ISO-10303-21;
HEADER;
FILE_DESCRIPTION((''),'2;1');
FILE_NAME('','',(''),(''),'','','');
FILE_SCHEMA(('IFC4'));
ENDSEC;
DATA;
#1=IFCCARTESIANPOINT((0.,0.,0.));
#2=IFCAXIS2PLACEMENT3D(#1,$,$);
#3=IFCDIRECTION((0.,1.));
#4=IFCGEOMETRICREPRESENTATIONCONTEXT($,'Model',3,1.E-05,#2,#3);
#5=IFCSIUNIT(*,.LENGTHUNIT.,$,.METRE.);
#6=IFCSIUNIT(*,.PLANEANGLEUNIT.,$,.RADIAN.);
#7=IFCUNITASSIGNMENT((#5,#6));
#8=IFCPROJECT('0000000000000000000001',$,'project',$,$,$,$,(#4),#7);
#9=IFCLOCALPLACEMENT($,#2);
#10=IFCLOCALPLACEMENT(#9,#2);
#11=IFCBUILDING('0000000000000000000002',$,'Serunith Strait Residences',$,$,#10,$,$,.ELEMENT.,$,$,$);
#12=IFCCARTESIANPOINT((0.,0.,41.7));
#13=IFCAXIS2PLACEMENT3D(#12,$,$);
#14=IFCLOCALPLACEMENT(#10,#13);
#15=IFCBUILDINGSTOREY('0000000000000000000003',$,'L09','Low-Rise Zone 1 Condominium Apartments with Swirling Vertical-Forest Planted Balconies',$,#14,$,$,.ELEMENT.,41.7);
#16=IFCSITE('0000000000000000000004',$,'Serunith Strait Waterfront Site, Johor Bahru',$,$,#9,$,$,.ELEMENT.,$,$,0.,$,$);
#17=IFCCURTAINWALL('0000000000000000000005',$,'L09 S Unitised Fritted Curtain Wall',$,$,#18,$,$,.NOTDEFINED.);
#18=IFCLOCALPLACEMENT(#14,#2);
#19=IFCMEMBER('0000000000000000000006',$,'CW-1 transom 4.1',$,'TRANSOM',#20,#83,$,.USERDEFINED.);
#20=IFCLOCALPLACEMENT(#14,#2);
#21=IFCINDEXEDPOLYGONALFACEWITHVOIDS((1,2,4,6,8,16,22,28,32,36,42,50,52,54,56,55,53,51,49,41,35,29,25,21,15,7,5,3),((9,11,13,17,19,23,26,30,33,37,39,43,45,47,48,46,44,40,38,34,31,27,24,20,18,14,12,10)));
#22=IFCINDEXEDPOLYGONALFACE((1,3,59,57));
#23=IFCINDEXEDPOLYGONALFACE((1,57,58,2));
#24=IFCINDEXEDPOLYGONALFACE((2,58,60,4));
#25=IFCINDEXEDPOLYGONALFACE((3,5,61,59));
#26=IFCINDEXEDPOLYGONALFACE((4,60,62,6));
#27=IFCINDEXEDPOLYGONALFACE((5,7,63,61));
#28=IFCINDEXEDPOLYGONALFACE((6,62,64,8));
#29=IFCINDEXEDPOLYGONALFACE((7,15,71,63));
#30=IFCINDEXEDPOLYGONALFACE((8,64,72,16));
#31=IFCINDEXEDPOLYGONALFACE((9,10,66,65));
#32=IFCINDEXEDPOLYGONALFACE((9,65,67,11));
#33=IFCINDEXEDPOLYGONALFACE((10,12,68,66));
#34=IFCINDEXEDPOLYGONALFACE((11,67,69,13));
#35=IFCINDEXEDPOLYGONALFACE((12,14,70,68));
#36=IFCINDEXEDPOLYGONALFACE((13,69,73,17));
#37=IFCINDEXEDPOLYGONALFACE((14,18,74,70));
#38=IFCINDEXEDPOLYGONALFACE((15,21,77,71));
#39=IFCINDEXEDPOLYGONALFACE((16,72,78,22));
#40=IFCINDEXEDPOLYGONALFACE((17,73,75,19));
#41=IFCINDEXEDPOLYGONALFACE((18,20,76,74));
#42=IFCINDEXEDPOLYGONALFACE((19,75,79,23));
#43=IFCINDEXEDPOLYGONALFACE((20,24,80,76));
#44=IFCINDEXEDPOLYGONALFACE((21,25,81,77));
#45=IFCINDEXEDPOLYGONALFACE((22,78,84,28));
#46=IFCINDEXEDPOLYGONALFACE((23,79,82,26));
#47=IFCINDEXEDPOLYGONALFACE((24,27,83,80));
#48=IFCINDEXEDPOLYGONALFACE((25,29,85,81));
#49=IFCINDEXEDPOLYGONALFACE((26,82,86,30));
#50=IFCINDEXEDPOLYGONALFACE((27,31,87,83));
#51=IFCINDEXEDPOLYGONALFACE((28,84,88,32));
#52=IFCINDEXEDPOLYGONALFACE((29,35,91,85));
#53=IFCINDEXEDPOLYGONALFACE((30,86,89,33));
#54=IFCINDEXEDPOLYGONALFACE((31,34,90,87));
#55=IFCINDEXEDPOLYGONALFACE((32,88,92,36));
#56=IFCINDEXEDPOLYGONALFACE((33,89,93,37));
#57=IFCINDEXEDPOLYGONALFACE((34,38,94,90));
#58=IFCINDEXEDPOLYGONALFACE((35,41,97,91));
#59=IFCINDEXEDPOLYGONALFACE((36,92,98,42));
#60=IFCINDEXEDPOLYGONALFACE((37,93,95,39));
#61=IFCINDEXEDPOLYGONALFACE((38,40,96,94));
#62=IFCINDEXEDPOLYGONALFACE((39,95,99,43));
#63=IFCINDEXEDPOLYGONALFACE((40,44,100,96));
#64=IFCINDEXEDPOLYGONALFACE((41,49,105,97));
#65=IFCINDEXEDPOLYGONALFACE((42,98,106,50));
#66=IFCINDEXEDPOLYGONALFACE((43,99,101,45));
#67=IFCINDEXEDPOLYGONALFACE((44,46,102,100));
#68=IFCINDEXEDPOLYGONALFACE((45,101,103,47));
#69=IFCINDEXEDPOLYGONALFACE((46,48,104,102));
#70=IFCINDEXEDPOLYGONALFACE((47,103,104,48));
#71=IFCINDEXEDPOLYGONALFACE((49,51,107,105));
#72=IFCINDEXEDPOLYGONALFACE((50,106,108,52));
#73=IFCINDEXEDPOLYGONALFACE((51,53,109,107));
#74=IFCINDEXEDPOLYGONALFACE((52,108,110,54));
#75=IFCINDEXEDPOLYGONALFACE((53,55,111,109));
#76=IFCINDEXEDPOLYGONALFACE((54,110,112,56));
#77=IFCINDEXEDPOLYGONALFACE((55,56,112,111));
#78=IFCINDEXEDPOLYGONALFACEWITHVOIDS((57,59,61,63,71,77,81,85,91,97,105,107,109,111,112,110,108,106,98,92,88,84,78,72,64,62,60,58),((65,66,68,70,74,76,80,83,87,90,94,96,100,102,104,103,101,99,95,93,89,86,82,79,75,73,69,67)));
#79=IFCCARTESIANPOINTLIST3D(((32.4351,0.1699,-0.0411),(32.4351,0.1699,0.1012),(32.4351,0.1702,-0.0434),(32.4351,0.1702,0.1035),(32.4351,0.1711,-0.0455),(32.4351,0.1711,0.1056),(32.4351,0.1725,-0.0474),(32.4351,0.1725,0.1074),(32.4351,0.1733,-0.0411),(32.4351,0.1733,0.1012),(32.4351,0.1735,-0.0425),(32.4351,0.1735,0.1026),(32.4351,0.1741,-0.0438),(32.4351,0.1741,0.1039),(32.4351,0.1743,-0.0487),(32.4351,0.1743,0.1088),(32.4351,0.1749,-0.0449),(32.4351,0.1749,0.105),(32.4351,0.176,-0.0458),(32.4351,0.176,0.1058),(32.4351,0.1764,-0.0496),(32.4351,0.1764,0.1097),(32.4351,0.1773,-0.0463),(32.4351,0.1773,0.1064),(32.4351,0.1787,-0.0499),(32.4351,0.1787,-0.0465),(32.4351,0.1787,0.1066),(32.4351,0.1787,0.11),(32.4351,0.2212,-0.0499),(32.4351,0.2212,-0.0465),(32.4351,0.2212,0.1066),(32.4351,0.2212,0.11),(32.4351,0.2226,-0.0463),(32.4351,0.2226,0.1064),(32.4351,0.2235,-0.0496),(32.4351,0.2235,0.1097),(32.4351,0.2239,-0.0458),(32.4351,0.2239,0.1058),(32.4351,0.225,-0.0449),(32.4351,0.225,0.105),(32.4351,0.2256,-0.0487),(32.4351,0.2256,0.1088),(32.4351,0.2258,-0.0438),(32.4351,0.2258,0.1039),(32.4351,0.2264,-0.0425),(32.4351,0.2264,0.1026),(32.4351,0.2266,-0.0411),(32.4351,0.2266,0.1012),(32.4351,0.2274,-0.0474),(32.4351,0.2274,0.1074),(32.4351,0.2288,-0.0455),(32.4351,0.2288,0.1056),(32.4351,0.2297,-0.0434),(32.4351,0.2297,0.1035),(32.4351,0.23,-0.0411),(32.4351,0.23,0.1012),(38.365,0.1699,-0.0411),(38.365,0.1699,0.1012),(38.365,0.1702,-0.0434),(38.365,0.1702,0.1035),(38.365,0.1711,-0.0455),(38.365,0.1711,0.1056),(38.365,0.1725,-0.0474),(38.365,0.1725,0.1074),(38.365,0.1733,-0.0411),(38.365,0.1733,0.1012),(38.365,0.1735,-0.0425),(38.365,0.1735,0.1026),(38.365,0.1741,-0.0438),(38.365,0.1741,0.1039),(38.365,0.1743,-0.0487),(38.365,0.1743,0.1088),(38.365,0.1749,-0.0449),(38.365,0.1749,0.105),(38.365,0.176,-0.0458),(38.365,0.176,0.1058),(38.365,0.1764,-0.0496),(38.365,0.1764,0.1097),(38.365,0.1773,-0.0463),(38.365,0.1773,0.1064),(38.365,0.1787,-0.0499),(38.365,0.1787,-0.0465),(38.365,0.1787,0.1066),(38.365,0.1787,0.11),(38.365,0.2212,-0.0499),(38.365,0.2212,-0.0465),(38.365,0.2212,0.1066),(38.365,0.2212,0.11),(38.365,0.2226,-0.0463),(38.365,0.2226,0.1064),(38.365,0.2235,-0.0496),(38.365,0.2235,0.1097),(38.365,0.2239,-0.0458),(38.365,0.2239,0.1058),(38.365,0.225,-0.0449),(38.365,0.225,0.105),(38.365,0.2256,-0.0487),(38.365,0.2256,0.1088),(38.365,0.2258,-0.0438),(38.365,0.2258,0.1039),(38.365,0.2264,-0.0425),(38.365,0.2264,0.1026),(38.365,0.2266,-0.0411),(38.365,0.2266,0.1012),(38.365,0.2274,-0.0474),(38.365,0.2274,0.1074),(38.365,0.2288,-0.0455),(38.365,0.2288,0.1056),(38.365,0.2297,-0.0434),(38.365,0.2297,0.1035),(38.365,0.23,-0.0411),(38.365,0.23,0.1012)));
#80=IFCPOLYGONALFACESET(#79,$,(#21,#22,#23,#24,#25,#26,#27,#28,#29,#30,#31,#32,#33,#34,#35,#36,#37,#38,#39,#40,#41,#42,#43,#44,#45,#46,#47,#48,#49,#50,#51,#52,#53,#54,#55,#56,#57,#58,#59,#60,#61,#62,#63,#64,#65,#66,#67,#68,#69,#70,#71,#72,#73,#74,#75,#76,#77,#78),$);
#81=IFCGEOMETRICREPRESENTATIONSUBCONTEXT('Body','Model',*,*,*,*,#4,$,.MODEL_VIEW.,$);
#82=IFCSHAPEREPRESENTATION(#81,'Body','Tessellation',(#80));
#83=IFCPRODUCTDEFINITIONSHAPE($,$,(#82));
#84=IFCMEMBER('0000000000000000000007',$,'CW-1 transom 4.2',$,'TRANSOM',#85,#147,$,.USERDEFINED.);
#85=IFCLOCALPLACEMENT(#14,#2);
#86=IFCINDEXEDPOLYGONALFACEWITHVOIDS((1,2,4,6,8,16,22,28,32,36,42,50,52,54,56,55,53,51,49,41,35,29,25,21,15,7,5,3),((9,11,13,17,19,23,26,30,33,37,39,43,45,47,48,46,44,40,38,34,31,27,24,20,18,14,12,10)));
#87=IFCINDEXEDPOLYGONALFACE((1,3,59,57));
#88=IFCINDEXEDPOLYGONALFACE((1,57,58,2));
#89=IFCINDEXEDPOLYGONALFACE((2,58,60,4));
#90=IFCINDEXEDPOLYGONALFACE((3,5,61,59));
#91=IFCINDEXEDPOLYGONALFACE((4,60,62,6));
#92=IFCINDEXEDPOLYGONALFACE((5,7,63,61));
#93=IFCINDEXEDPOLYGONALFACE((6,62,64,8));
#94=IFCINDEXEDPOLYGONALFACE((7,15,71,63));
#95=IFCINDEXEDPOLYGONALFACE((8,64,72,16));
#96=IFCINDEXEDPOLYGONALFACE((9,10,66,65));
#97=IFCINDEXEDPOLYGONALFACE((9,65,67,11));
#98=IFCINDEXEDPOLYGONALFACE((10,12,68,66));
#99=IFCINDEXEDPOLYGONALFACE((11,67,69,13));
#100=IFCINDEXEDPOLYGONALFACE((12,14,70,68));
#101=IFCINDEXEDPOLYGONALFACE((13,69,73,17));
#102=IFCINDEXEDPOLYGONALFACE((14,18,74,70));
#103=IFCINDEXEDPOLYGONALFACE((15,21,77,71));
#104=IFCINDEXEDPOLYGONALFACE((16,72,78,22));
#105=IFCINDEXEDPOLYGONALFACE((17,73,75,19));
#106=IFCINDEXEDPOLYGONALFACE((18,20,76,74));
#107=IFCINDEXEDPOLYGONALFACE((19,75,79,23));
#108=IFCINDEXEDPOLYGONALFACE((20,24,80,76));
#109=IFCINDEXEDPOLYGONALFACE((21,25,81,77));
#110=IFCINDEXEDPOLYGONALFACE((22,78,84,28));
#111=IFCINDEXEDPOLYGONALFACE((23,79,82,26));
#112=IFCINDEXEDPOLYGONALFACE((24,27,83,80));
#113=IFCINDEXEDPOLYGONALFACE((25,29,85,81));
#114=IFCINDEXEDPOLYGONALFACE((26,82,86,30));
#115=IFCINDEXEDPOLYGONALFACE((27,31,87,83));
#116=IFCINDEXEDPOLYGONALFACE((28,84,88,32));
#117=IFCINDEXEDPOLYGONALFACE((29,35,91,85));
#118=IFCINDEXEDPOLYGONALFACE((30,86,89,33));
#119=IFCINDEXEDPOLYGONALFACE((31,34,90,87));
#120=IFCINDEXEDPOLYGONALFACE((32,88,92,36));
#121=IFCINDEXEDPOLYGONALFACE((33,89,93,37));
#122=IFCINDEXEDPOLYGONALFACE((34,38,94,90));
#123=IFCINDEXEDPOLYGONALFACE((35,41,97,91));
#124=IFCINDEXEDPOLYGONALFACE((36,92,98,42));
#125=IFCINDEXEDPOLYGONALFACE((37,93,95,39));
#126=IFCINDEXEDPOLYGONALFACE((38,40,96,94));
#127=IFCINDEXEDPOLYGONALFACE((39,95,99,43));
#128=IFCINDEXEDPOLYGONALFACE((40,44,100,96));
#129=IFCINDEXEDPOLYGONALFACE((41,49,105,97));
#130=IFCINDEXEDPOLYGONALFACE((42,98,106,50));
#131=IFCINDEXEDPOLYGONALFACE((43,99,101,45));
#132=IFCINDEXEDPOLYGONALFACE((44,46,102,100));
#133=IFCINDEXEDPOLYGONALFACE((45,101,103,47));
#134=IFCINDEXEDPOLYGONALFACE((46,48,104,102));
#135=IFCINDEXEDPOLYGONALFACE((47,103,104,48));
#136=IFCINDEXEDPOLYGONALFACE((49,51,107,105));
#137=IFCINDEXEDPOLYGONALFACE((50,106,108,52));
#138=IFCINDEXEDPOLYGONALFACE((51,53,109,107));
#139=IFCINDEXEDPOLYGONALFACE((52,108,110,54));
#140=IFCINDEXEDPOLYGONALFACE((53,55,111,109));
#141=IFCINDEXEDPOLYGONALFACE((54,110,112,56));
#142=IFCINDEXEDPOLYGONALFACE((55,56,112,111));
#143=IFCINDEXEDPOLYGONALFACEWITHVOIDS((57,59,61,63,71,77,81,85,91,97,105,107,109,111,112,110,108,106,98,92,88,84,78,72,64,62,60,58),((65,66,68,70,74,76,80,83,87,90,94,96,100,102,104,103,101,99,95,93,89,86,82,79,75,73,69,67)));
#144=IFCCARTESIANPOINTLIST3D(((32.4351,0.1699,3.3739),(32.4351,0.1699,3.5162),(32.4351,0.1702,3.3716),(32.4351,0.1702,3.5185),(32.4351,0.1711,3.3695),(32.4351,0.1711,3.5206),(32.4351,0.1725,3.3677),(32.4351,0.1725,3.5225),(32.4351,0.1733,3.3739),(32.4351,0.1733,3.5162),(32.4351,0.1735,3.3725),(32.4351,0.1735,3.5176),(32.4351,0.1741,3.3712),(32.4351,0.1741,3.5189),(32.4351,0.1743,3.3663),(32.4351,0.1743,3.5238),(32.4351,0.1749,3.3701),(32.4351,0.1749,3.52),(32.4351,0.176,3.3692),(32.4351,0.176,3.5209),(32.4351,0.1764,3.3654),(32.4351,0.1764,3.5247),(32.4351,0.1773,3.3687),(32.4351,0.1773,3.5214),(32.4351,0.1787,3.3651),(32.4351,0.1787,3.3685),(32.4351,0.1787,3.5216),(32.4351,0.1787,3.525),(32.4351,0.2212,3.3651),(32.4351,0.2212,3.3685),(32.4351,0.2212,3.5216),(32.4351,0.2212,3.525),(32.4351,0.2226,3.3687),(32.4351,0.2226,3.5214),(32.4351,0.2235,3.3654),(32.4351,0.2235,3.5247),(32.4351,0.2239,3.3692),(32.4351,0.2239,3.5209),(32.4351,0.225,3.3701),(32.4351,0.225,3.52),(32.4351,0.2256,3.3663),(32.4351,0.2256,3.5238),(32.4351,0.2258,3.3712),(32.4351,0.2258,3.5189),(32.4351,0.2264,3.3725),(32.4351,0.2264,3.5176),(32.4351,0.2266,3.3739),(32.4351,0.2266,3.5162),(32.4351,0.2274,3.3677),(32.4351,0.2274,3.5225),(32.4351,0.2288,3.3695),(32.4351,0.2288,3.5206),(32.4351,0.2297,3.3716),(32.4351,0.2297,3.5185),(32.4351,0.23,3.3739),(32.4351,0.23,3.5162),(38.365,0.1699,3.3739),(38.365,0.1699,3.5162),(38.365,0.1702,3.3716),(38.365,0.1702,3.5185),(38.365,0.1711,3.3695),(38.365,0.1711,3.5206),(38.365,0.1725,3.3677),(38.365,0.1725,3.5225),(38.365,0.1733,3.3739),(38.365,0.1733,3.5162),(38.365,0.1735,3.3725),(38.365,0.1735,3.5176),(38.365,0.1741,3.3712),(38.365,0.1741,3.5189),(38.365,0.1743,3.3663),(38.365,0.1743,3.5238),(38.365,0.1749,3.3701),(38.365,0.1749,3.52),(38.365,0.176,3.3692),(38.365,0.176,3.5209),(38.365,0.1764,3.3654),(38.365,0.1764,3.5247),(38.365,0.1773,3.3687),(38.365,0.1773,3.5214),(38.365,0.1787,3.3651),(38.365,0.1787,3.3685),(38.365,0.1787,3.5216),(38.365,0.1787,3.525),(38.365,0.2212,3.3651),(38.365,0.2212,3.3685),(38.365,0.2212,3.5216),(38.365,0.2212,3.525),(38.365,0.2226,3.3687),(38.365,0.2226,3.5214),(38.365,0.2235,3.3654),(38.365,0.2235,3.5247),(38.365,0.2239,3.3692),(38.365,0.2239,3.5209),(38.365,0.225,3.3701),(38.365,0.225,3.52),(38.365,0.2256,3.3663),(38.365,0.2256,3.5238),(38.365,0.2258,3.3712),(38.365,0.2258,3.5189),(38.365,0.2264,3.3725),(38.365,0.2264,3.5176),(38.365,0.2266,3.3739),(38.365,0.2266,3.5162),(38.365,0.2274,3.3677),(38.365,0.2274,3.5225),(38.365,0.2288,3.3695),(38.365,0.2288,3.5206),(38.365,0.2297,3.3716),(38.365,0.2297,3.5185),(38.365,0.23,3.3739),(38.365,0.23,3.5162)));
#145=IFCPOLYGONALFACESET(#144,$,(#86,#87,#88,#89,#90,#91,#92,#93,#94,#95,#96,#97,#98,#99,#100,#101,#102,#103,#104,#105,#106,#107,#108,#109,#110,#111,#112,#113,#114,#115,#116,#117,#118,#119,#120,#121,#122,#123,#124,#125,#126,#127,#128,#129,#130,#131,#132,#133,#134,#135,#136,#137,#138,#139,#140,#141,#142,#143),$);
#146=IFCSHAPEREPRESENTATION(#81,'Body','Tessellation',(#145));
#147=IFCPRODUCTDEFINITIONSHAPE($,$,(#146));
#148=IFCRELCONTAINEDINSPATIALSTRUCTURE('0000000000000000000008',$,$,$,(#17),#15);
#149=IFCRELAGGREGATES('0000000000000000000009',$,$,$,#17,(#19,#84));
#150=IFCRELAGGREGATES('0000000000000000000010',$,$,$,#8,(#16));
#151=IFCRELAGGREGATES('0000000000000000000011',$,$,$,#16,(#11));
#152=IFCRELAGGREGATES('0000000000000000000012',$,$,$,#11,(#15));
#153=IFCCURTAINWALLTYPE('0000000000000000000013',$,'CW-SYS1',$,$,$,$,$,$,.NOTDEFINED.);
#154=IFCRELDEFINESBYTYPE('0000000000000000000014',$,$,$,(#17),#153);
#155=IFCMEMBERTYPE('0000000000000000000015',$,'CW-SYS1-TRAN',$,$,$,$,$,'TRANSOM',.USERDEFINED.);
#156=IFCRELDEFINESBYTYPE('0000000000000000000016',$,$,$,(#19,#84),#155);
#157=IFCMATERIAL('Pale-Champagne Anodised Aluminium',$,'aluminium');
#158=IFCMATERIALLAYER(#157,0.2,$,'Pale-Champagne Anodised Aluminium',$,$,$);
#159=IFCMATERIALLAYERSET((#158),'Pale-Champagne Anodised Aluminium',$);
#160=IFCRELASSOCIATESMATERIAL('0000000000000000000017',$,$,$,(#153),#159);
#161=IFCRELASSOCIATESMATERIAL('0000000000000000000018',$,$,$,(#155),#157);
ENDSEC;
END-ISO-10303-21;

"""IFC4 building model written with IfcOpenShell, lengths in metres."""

from ifc_helpers import new_model, si_unit, direction, frame, origin, origin_2d, place, context, subcontext, project, spatial, hollow_rectangle, extrude, source, transform, mapped, material, layer, layer_set, material_profile, profile_set, type_object, element, aggregate, save


model = new_model("IFC4")

# Units and contexts
model_context = context("Model", 3, precision=1e-05, world=origin(), true_north=direction((0.0, 1.0)))
body_context = subcontext(model_context, "Body", "Model", "MODEL_VIEW")
ifc_project = project(units=[si_unit("LENGTHUNIT", "METRE"), si_unit("PLANEANGLEUNIT", "RADIAN")], contexts=[model_context])

# Site, building, storey
site_placement = place(None, origin())
site = spatial("IfcSite", under=ifc_project, at=site_placement, Name="Serunith Strait Waterfront Site, Johor Bahru", CompositionType="ELEMENT", RefElevation=0.0)
building_placement = place(site_placement, origin())
building = spatial("IfcBuilding", under=site, at=building_placement, Name="Serunith Strait Residences", CompositionType="ELEMENT")
storey_placement = place(building_placement, frame((0.0, 0.0, 41.7)))
storey = spatial("IfcBuildingStorey", under=building, at=storey_placement, Name="L09", Description="Low-Rise Zone 1 Condominium Apartments with Swirling Vertical-Forest Planted Balconies", CompositionType="ELEMENT", Elevation=41.7)

# Curtain wall, members
ifc_material_1 = material(Name="Pale-Champagne Anodised Aluminium", Category="aluminium")
ifc_layer_1 = layer(ifc_material_1, 0.2, Name="Pale-Champagne Anodised Aluminium")
ifc_layer_set_1 = layer_set([ifc_layer_1], Name="Pale-Champagne Anodised Aluminium")
curtain_wall_type = type_object("IfcCurtainWallType", Name="CW-SYS1", PredefinedType="NOTDEFINED", material=ifc_layer_set_1)
curtain_wall_placement = place(storey_placement, origin())
curtain_wall = element("IfcCurtainWall", 1, at=curtain_wall_placement, inside=storey, type_object=curtain_wall_type, Name="L09 S Unitised Fritted Curtain Wall", PredefinedType="NOTDEFINED")
ifc_material_profile_1 = material_profile(ifc_material_1, hollow_rectangle(XDim=0.0601, YDim=0.1599, WallThickness=0.0034, InnerFilletRadius=0.0054, OuterFilletRadius=0.0088, at=origin_2d()), Name="ALU 160x60x3.5")
ifc_profile_set_1 = profile_set([ifc_material_profile_1], Name="Pale-Champagne Anodised Aluminium")
member_type_1 = type_object("IfcMemberType", Name="CW-SYS1-TRAN", ElementType="TRANSOM", PredefinedType="USERDEFINED", material=ifc_profile_set_1)
shared_shape_1 = source(origin(), body_context, "Body", "SweptSolid", [
    extrude(hollow_rectangle(XDim=0.0601, YDim=0.1599, WallThickness=0.0034, InnerFilletRadius=0.0054, OuterFilletRadius=0.0088, at=origin_2d()), origin(), (0.0, 0.0, 1.0), 5.9299),
])
member_1_placement = place(storey_placement, frame((32.4351, 0.2, 0.03), z_axis=(1.0, 0.0, 0.0), x_axis=(0.0, 1.0, 0.0)))
member_1 = element("IfcMember", 2, at=member_1_placement, type_object=member_type_1, Name="CW-1 transom 4.1", ObjectType="TRANSOM", PredefinedType="USERDEFINED", context=body_context, shape_type="MappedRepresentation", body=[
    mapped(shared_shape_1, transform((0.0, 0.0, 0.0), scale=1.0)),
])
member_2_placement = place(storey_placement, frame((32.4351, 0.2, 3.4451), z_axis=(1.0, 0.0, 0.0), x_axis=(0.0, 1.0, 0.0)))
member_2 = element("IfcMember", 3, at=member_2_placement, type_object=member_type_1, Name="CW-1 transom 4.2", ObjectType="TRANSOM", PredefinedType="USERDEFINED", context=body_context, shape_type="MappedRepresentation", body=[
    mapped(shared_shape_1, transform((0.0, 0.0, 0.0), scale=1.0)),
])
aggregate(curtain_wall, [member_1, member_2])

save(model, "model.ifc")
